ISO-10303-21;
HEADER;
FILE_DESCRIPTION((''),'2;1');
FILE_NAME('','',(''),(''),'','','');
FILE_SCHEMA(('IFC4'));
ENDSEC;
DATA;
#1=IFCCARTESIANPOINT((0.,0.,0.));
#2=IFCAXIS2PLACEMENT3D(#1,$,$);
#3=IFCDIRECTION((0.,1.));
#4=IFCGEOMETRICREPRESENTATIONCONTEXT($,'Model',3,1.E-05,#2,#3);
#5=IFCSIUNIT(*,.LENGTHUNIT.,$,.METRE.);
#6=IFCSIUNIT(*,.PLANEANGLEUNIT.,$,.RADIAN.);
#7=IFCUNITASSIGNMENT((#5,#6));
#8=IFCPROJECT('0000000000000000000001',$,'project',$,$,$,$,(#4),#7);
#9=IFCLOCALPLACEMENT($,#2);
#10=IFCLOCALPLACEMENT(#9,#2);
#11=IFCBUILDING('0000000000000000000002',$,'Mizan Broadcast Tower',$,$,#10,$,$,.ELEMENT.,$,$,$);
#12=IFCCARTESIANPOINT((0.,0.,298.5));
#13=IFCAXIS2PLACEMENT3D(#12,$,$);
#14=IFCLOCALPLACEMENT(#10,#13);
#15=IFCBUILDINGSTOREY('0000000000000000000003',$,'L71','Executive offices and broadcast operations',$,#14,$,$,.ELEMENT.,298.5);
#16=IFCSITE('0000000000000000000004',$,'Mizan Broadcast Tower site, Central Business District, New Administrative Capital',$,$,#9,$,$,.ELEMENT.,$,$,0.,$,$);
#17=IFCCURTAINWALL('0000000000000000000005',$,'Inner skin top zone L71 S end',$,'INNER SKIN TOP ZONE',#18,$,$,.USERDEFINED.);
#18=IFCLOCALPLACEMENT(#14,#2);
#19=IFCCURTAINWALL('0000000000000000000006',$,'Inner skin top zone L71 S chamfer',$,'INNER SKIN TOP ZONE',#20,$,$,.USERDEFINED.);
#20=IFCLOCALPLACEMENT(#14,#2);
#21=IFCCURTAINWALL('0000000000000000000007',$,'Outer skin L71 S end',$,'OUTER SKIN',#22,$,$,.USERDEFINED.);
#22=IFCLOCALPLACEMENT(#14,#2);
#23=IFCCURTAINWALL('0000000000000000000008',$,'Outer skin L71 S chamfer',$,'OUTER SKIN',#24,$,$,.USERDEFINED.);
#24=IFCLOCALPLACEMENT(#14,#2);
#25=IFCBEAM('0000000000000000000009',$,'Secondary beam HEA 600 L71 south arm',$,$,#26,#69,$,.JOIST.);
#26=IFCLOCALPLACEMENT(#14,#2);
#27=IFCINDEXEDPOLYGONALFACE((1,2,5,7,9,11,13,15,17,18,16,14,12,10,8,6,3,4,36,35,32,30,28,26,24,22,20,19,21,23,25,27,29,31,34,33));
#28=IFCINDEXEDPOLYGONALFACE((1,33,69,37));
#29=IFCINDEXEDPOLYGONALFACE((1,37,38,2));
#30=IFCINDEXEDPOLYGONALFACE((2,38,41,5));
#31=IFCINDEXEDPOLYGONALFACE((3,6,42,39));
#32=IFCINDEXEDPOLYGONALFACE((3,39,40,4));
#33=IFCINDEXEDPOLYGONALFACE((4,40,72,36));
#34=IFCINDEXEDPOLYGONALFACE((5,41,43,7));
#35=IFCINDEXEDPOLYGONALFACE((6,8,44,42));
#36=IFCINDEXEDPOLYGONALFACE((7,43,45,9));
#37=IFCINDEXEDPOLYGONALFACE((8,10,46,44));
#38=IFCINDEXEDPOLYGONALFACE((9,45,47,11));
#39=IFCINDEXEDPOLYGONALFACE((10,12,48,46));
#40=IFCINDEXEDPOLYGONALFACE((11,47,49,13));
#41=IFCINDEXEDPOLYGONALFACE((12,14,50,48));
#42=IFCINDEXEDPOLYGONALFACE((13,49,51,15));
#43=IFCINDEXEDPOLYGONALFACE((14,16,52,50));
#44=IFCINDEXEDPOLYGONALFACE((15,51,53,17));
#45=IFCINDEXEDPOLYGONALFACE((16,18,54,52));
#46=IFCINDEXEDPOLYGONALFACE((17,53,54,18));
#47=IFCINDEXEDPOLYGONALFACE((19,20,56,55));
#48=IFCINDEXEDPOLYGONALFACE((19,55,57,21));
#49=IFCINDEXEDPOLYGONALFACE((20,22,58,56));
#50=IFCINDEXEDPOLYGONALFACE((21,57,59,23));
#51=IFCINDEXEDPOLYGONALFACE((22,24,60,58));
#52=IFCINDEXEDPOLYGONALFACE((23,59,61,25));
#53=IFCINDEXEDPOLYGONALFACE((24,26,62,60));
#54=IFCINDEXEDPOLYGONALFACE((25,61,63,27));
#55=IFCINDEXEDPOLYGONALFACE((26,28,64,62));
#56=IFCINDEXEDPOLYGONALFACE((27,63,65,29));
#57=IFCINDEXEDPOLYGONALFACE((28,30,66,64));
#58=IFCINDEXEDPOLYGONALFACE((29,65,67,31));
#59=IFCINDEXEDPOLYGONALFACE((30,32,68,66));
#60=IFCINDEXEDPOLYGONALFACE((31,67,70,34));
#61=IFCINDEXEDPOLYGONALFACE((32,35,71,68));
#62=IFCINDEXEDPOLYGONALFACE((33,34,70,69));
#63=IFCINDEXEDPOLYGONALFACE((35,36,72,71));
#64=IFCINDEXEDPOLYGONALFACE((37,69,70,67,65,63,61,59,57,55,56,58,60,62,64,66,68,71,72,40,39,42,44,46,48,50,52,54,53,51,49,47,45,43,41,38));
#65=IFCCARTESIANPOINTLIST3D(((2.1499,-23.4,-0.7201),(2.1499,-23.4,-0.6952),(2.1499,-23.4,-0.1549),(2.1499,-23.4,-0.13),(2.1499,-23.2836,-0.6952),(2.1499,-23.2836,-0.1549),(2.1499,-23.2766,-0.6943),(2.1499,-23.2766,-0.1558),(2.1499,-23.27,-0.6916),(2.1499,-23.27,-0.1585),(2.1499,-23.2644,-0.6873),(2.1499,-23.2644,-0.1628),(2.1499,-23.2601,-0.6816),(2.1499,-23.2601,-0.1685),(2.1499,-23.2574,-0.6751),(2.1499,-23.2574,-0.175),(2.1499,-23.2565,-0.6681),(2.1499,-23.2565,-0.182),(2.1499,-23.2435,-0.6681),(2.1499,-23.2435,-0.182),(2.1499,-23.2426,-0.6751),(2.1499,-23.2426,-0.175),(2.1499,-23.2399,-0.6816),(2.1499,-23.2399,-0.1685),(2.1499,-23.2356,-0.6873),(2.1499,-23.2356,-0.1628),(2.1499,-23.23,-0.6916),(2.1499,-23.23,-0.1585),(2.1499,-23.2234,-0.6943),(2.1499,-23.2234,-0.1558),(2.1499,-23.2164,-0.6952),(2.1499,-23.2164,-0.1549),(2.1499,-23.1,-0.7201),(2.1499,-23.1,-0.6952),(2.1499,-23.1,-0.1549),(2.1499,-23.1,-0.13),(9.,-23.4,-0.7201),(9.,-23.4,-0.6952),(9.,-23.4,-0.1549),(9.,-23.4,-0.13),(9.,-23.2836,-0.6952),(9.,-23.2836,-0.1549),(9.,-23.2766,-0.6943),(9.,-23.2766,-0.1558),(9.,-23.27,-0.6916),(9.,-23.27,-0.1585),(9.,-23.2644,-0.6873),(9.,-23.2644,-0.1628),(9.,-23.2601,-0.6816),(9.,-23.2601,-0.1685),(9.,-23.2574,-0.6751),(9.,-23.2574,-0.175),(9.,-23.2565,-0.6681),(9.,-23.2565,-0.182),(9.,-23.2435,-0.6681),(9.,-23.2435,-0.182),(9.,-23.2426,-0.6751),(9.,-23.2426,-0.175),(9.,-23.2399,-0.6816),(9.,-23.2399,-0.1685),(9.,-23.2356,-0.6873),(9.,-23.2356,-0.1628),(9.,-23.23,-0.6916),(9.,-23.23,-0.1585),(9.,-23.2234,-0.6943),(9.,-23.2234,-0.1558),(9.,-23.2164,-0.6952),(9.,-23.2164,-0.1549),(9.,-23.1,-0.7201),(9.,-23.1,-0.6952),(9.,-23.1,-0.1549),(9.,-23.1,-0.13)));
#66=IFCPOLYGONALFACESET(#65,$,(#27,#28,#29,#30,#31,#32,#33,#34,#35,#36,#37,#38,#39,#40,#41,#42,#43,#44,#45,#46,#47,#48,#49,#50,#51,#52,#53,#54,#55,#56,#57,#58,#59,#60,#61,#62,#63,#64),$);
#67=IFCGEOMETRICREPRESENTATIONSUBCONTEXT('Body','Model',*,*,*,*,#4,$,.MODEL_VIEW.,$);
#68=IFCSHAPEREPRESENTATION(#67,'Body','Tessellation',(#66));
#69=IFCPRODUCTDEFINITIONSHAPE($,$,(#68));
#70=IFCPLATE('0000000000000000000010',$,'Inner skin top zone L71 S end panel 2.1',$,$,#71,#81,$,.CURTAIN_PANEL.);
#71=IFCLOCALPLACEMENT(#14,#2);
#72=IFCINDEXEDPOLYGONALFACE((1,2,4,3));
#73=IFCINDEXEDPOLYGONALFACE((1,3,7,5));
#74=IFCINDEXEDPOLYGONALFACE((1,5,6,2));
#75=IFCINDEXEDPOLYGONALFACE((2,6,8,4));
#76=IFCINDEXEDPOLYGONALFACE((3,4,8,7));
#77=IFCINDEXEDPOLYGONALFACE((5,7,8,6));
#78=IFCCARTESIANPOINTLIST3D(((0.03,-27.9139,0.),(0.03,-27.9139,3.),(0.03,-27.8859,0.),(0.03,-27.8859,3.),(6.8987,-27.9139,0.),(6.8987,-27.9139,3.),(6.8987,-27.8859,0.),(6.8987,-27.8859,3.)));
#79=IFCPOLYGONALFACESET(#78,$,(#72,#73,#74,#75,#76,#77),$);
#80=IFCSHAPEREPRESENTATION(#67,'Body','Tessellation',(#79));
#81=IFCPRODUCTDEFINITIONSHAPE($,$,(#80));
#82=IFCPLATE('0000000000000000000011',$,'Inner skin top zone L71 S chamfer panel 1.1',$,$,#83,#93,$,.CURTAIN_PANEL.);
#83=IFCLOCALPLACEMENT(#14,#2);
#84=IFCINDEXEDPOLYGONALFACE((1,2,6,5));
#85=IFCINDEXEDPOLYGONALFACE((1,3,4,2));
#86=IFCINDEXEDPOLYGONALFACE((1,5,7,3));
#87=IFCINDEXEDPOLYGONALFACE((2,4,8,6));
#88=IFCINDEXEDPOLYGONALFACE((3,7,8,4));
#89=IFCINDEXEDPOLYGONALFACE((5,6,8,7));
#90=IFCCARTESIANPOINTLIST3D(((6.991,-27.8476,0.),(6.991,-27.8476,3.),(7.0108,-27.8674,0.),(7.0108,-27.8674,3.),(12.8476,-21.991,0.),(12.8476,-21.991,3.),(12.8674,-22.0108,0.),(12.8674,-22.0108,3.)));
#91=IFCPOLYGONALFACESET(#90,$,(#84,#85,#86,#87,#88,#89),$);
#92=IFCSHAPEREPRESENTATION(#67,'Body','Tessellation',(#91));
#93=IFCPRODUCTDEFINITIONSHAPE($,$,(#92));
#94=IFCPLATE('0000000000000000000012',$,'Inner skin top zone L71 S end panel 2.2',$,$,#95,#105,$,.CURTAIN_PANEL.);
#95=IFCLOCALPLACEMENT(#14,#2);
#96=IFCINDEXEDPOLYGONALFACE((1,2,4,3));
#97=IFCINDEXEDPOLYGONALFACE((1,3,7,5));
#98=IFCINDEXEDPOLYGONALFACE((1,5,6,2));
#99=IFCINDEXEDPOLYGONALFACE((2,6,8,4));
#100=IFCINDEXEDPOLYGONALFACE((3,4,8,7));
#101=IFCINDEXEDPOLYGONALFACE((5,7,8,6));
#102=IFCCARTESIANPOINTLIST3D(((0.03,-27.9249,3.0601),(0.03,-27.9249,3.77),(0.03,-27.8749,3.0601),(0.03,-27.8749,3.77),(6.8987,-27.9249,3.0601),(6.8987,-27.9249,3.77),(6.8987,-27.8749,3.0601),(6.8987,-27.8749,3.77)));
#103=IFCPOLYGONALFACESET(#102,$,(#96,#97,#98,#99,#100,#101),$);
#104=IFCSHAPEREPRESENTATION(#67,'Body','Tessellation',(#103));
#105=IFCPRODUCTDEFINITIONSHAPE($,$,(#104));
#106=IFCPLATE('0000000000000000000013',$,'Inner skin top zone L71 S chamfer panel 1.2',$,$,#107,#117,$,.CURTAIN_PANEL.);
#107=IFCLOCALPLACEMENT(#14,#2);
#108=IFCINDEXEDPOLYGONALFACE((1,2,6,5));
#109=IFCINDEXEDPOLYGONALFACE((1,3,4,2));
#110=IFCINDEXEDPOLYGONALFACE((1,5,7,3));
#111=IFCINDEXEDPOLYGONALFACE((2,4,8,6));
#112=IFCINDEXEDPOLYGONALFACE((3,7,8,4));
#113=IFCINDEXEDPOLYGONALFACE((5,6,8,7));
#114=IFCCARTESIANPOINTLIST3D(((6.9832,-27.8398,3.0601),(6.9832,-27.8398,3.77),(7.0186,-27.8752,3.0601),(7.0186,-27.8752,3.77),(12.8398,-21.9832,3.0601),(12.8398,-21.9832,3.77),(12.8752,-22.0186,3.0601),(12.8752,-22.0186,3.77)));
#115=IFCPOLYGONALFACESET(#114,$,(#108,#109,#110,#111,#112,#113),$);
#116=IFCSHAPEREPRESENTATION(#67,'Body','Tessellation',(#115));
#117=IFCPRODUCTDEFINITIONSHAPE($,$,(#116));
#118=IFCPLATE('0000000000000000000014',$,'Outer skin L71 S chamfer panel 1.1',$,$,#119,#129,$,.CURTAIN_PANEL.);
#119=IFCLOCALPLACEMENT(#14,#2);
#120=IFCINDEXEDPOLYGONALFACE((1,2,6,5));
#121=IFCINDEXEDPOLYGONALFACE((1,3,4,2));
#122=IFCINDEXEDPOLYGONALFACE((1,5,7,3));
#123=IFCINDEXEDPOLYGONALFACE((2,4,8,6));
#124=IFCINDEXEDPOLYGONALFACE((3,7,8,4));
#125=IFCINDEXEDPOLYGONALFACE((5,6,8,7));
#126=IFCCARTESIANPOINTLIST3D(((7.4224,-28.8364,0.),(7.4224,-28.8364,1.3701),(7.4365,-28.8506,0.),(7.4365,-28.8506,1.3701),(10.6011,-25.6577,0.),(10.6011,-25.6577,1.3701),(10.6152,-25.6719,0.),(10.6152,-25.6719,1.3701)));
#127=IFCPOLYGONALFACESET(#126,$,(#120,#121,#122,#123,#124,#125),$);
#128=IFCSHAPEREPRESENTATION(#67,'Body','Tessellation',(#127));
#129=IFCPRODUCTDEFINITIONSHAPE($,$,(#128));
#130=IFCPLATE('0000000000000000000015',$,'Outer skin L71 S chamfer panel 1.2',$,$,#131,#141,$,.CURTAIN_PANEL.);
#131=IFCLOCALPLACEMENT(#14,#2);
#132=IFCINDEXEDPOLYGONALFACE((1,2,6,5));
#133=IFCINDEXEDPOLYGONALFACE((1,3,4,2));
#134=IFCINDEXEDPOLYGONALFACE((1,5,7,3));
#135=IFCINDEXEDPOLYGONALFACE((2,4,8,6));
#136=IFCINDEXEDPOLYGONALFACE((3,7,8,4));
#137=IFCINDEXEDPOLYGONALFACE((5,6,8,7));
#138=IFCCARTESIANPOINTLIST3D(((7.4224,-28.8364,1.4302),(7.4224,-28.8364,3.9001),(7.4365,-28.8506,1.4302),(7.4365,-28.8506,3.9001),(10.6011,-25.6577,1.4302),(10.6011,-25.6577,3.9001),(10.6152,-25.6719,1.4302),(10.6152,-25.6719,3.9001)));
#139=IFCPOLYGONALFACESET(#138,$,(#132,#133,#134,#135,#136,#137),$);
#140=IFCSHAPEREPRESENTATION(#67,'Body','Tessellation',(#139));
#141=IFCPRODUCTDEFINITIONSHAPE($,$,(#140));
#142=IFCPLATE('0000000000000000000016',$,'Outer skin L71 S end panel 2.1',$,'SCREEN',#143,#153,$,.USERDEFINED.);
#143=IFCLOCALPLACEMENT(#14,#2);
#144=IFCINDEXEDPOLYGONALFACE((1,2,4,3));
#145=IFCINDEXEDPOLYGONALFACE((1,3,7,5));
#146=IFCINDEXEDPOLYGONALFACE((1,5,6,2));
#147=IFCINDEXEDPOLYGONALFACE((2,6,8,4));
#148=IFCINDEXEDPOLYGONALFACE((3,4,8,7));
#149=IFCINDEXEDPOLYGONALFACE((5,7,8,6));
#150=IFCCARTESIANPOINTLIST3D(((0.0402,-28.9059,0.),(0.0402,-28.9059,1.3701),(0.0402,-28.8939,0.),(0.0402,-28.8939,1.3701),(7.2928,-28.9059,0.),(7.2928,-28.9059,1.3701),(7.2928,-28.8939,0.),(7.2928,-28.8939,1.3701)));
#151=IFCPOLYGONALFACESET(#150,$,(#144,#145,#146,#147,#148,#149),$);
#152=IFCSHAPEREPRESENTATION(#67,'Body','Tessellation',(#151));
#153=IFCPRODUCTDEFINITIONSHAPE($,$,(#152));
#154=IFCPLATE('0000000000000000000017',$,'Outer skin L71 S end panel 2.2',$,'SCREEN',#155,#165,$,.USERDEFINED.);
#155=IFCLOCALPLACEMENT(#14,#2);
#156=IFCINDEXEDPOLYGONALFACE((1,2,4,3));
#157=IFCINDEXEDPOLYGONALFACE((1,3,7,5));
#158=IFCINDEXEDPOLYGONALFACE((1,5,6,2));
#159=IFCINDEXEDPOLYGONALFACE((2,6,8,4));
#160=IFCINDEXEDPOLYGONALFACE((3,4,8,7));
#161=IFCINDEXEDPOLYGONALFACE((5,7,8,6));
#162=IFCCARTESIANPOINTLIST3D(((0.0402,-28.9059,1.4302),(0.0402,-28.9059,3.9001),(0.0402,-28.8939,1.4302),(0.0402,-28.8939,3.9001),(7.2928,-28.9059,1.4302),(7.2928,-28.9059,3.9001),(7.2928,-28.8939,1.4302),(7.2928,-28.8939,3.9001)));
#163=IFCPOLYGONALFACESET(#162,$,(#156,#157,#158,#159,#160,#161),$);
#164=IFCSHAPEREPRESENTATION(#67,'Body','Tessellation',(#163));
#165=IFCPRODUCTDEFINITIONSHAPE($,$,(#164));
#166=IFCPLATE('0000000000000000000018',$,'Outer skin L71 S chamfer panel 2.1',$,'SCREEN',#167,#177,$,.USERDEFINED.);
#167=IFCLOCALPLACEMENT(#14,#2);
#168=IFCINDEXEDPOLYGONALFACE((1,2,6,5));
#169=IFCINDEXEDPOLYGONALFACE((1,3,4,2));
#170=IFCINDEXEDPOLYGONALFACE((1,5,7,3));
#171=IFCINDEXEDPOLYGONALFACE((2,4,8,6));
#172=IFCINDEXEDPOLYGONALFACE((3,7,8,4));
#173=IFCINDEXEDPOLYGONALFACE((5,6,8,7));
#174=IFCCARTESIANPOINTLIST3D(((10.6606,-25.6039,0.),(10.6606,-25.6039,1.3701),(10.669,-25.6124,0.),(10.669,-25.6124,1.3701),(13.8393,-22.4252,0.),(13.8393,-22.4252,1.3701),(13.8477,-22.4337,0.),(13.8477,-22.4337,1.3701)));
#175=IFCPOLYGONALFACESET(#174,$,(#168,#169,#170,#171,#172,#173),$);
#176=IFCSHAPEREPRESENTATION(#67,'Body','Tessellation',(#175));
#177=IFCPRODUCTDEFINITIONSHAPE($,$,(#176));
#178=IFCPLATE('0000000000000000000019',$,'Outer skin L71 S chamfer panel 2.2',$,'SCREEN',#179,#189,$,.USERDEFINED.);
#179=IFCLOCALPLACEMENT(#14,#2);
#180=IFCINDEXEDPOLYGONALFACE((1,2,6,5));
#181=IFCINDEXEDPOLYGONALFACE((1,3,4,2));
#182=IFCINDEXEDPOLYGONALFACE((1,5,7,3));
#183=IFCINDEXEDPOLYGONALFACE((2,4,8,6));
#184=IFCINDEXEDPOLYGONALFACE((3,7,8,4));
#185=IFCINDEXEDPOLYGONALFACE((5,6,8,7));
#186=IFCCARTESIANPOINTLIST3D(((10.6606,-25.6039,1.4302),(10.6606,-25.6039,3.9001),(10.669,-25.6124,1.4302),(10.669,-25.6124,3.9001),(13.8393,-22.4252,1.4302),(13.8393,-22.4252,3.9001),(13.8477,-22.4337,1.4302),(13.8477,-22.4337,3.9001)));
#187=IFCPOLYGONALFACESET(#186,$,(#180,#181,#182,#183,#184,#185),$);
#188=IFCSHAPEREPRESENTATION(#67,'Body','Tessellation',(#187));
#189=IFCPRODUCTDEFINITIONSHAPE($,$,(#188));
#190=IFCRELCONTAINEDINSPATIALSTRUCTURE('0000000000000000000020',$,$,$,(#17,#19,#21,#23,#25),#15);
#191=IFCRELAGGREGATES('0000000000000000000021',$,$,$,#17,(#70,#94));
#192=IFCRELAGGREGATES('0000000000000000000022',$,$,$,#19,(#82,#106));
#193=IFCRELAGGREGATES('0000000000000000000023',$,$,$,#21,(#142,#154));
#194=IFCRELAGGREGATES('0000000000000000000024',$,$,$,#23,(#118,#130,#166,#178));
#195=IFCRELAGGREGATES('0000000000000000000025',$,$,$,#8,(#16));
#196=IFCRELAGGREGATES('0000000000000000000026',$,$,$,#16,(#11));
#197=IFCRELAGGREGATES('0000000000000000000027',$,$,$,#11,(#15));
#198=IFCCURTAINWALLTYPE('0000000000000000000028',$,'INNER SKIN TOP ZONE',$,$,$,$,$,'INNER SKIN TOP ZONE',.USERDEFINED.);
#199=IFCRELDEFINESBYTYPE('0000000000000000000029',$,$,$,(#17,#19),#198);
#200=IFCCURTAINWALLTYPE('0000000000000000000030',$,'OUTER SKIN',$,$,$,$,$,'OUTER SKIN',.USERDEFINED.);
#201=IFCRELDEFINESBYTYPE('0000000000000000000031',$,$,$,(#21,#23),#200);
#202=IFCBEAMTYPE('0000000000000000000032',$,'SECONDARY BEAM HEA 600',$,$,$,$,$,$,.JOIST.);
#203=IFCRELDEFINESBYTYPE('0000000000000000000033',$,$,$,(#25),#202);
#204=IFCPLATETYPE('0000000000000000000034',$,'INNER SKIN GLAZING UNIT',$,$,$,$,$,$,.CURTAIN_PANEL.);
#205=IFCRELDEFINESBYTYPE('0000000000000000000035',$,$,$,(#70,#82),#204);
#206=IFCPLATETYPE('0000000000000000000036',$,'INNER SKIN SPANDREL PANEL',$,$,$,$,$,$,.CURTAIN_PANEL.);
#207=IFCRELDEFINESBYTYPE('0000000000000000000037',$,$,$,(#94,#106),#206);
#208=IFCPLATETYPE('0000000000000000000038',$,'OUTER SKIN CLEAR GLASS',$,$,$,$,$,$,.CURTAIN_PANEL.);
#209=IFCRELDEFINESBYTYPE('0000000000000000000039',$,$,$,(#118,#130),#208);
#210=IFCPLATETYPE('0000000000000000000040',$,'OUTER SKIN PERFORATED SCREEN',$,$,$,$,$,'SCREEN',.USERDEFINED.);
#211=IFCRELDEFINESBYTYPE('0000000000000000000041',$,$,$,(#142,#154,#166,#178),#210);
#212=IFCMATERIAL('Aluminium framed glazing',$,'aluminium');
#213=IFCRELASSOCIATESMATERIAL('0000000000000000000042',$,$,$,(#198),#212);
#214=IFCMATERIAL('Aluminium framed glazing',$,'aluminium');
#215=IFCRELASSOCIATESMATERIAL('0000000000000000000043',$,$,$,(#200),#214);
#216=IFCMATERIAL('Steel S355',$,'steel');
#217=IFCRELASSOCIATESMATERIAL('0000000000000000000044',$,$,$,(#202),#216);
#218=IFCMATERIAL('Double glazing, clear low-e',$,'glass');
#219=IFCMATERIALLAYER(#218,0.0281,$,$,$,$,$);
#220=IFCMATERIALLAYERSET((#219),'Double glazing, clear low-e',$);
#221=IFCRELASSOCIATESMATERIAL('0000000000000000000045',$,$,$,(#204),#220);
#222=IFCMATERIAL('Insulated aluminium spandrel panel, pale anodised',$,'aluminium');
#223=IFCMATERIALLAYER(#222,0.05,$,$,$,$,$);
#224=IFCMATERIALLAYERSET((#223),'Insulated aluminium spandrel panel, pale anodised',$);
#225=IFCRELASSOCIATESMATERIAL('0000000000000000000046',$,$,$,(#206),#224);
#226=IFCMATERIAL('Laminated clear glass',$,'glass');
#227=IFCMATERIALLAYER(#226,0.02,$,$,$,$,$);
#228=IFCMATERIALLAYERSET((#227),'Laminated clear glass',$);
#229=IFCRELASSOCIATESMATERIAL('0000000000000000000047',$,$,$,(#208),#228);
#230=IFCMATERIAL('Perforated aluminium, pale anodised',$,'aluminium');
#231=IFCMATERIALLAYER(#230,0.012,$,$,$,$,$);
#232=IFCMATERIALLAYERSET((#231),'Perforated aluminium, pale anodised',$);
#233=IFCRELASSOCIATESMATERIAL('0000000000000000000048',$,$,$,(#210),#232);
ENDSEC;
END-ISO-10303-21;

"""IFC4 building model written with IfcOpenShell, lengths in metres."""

from ifc_helpers import new_model, si_unit, direction, frame, origin, origin_2d, place, context, subcontext, project, spatial, rectangle, i_section, extrude, material, layer, layer_set, material_profile, profile_set, type_object, element, aggregate, save


model = new_model("IFC4")

# Units and contexts
model_context = context("Model", 3, precision=1e-05, world=origin(), true_north=direction((0.0, 1.0)))
body_context = subcontext(model_context, "Body", "Model", "MODEL_VIEW")
ifc_project = project(units=[si_unit("LENGTHUNIT", "METRE"), si_unit("PLANEANGLEUNIT", "RADIAN")], contexts=[model_context])

# Site, building, storey
site_placement = place(None, origin())
site = spatial("IfcSite", under=ifc_project, at=site_placement, Name="Mizan Broadcast Tower site, Central Business District, New Administrative Capital", CompositionType="ELEMENT", RefElevation=0.0)
building_placement = place(site_placement, origin())
building = spatial("IfcBuilding", under=site, at=building_placement, Name="Mizan Broadcast Tower", CompositionType="ELEMENT")
storey_placement = place(building_placement, frame((0.0, 0.0, 298.5)))
storey = spatial("IfcBuildingStorey", under=building, at=storey_placement, Name="L71", Description="Executive offices and broadcast operations", CompositionType="ELEMENT", Elevation=298.5)

# Curtain walls
ifc_material_1 = material(Name="Aluminium framed glazing", Category="aluminium")
curtain_wall_type_1 = type_object("IfcCurtainWallType", Name="INNER SKIN TOP ZONE", ElementType="INNER SKIN TOP ZONE", PredefinedType="USERDEFINED", material=ifc_material_1)
curtain_wall_1_placement = place(storey_placement, origin())
curtain_wall_1 = element("IfcCurtainWall", 1, at=curtain_wall_1_placement, inside=storey, type_object=curtain_wall_type_1, Name="Inner skin top zone L71 S end", ObjectType="INNER SKIN TOP ZONE", PredefinedType="USERDEFINED")
curtain_wall_2_placement = place(storey_placement, origin())
curtain_wall_2 = element("IfcCurtainWall", 2, at=curtain_wall_2_placement, inside=storey, type_object=curtain_wall_type_1, Name="Inner skin top zone L71 S chamfer", ObjectType="INNER SKIN TOP ZONE", PredefinedType="USERDEFINED")

# Curtain walls
ifc_material_2 = material(Name="Aluminium framed glazing", Category="aluminium")
curtain_wall_type_2 = type_object("IfcCurtainWallType", Name="OUTER SKIN", ElementType="OUTER SKIN", PredefinedType="USERDEFINED", material=ifc_material_2)
curtain_wall_3_placement = place(storey_placement, origin())
curtain_wall_3 = element("IfcCurtainWall", 3, at=curtain_wall_3_placement, inside=storey, type_object=curtain_wall_type_2, Name="Outer skin L71 S end", ObjectType="OUTER SKIN", PredefinedType="USERDEFINED")
curtain_wall_4_placement = place(storey_placement, origin())
curtain_wall_4 = element("IfcCurtainWall", 4, at=curtain_wall_4_placement, inside=storey, type_object=curtain_wall_type_2, Name="Outer skin L71 S chamfer", ObjectType="OUTER SKIN", PredefinedType="USERDEFINED")

# Beam
ifc_material_3 = material(Name="Steel S355", Category="steel")
ifc_material_profile_1 = material_profile(ifc_material_3, i_section(OverallWidth=0.3, OverallDepth=0.5901, WebThickness=0.0129, FlangeThickness=0.0249, FilletRadius=0.0271, at=origin_2d()), Name="HEA 600")
ifc_profile_set_1 = profile_set([ifc_material_profile_1], Name="Steel S355")
beam_type_1 = type_object("IfcBeamType", Name="SECONDARY BEAM HEA 600", PredefinedType="JOIST", material=ifc_profile_set_1)
beam_1_placement = place(storey_placement, frame((9.0, -23.25, -0.425), z_axis=(-1.0, 0.0, 0.0), x_axis=(0.0, -1.0, 0.0)))
element("IfcBeam", 5, at=beam_1_placement, inside=storey, type_object=beam_type_1, Name="Secondary beam HEA 600 L71 south arm", PredefinedType="JOIST", context=body_context, shape_type="SweptSolid", body=[
    extrude(i_section(OverallWidth=0.3, OverallDepth=0.5901, WebThickness=0.0129, FlangeThickness=0.0249, FilletRadius=0.0271, at=origin_2d()), origin(), (0.0, 0.0, 1.0), 6.8501),
])

# Plates
ifc_material_4 = material(Name="Double glazing, clear low-e", Category="glass")
ifc_layer_1 = layer(ifc_material_4, 0.0281)
ifc_layer_set_1 = layer_set([ifc_layer_1], Name="Double glazing, clear low-e")
plate_type_1 = type_object("IfcPlateType", Name="INNER SKIN GLAZING UNIT", PredefinedType="CURTAIN_PANEL", material=ifc_layer_set_1)
plate_1_placement = place(storey_placement, frame((3.4644, -27.8999, 0.0), z_axis=(0.0, 0.0, 1.0), x_axis=(1.0, 0.0, 0.0)))
plate_1 = element("IfcPlate", 6, at=plate_1_placement, type_object=plate_type_1, Name="Inner skin top zone L71 S end panel 2.1", PredefinedType="CURTAIN_PANEL", context=body_context, shape_type="SweptSolid", body=[
    extrude(rectangle(XDim=6.8687, YDim=0.0281, at=origin_2d()), origin(), (0.0, 0.0, 1.0), 3.0),
])
plate_2_placement = place(storey_placement, frame((9.9292, -24.9292, 0.0), z_axis=(0.0, 0.0, 1.0), x_axis=(0.707107, 0.707107, 0.0)))
plate_2 = element("IfcPlate", 7, at=plate_2_placement, type_object=plate_type_1, Name="Inner skin top zone L71 S chamfer panel 1.1", PredefinedType="CURTAIN_PANEL", context=body_context, shape_type="SweptSolid", body=[
    extrude(rectangle(XDim=8.2825, YDim=0.0281, at=origin_2d()), origin(), (0.0, 0.0, 1.0), 3.0),
])
ifc_material_5 = material(Name="Insulated aluminium spandrel panel, pale anodised", Category="aluminium")
ifc_layer_2 = layer(ifc_material_5, 0.05)
ifc_layer_set_2 = layer_set([ifc_layer_2], Name="Insulated aluminium spandrel panel, pale anodised")
plate_type_2 = type_object("IfcPlateType", Name="INNER SKIN SPANDREL PANEL", PredefinedType="CURTAIN_PANEL", material=ifc_layer_set_2)
plate_3_placement = place(storey_placement, frame((3.4644, -27.8999, 3.0601), z_axis=(0.0, 0.0, 1.0), x_axis=(1.0, 0.0, 0.0)))
plate_3 = element("IfcPlate", 8, at=plate_3_placement, type_object=plate_type_2, Name="Inner skin top zone L71 S end panel 2.2", PredefinedType="CURTAIN_PANEL", context=body_context, shape_type="SweptSolid", body=[
    extrude(rectangle(XDim=6.8687, YDim=0.05, at=origin_2d()), origin(), (0.0, 0.0, 1.0), 0.71),
])
aggregate(curtain_wall_1, [plate_1, plate_3])
plate_4_placement = place(storey_placement, frame((9.9292, -24.9292, 3.0601), z_axis=(0.0, 0.0, 1.0), x_axis=(0.707107, 0.707107, 0.0)))
plate_4 = element("IfcPlate", 9, at=plate_4_placement, type_object=plate_type_2, Name="Inner skin top zone L71 S chamfer panel 1.2", PredefinedType="CURTAIN_PANEL", context=body_context, shape_type="SweptSolid", body=[
    extrude(rectangle(XDim=8.2825, YDim=0.05, at=origin_2d()), origin(), (0.0, 0.0, 1.0), 0.71),
])
aggregate(curtain_wall_2, [plate_2, plate_4])
ifc_material_6 = material(Name="Laminated clear glass", Category="glass")
ifc_layer_3 = layer(ifc_material_6, 0.02)
ifc_layer_set_3 = layer_set([ifc_layer_3], Name="Laminated clear glass")
plate_type_3 = type_object("IfcPlateType", Name="OUTER SKIN CLEAR GLASS", PredefinedType="CURTAIN_PANEL", material=ifc_layer_set_3)
plate_5_placement = place(storey_placement, frame((9.0188, -27.2542, 0.0), z_axis=(0.0, 0.0, 1.0), x_axis=(0.707107, 0.707107, 0.0)))
plate_5 = element("IfcPlate", 10, at=plate_5_placement, type_object=plate_type_3, Name="Outer skin L71 S chamfer panel 1.1", PredefinedType="CURTAIN_PANEL", context=body_context, shape_type="SweptSolid", body=[
    extrude(rectangle(XDim=4.4954, YDim=0.02, at=origin_2d()), origin(), (0.0, 0.0, 1.0), 1.3701),
])
plate_6_placement = place(storey_placement, frame((9.0188, -27.2542, 1.4302), z_axis=(0.0, 0.0, 1.0), x_axis=(0.707107, 0.707107, 0.0)))
plate_6 = element("IfcPlate", 11, at=plate_6_placement, type_object=plate_type_3, Name="Outer skin L71 S chamfer panel 1.2", PredefinedType="CURTAIN_PANEL", context=body_context, shape_type="SweptSolid", body=[
    extrude(rectangle(XDim=4.4954, YDim=0.02, at=origin_2d()), origin(), (0.0, 0.0, 1.0), 2.47),
])
ifc_material_7 = material(Name="Perforated aluminium, pale anodised", Category="aluminium")
ifc_layer_4 = layer(ifc_material_7, 0.012)
ifc_layer_set_4 = layer_set([ifc_layer_4], Name="Perforated aluminium, pale anodised")
plate_type_4 = type_object("IfcPlateType", Name="OUTER SKIN PERFORATED SCREEN", ElementType="SCREEN", PredefinedType="USERDEFINED", material=ifc_layer_set_4)
plate_7_placement = place(storey_placement, frame((3.6665, -28.8999, 0.0), z_axis=(0.0, 0.0, 1.0), x_axis=(1.0, 0.0, 0.0)))
plate_7 = element("IfcPlate", 12, at=plate_7_placement, type_object=plate_type_4, Name="Outer skin L71 S end panel 2.1", ObjectType="SCREEN", PredefinedType="USERDEFINED", context=body_context, shape_type="SweptSolid", body=[
    extrude(rectangle(XDim=7.2527, YDim=0.012, at=origin_2d()), origin(), (0.0, 0.0, 1.0), 1.3701),
])
plate_8_placement = place(storey_placement, frame((3.6665, -28.8999, 1.4302), z_axis=(0.0, 0.0, 1.0), x_axis=(1.0, 0.0, 0.0)))
plate_8 = element("IfcPlate", 13, at=plate_8_placement, type_object=plate_type_4, Name="Outer skin L71 S end panel 2.2", ObjectType="SCREEN", PredefinedType="USERDEFINED", context=body_context, shape_type="SweptSolid", body=[
    extrude(rectangle(XDim=7.2527, YDim=0.012, at=origin_2d()), origin(), (0.0, 0.0, 1.0), 2.47),
])
aggregate(curtain_wall_3, [plate_7, plate_8])
plate_9_placement = place(storey_placement, frame((12.2542, -24.0188, 0.0), z_axis=(0.0, 0.0, 1.0), x_axis=(0.707107, 0.707107, 0.0)))
plate_9 = element("IfcPlate", 14, at=plate_9_placement, type_object=plate_type_4, Name="Outer skin L71 S chamfer panel 2.1", ObjectType="SCREEN", PredefinedType="USERDEFINED", context=body_context, shape_type="SweptSolid", body=[
    extrude(rectangle(XDim=4.4954, YDim=0.012, at=origin_2d()), origin(), (0.0, 0.0, 1.0), 1.3701),
])
plate_10_placement = place(storey_placement, frame((12.2542, -24.0188, 1.4302), z_axis=(0.0, 0.0, 1.0), x_axis=(0.707107, 0.707107, 0.0)))
plate_10 = element("IfcPlate", 15, at=plate_10_placement, type_object=plate_type_4, Name="Outer skin L71 S chamfer panel 2.2", ObjectType="SCREEN", PredefinedType="USERDEFINED", context=body_context, shape_type="SweptSolid", body=[
    extrude(rectangle(XDim=4.4954, YDim=0.012, at=origin_2d()), origin(), (0.0, 0.0, 1.0), 2.47),
])
aggregate(curtain_wall_4, [plate_5, plate_6, plate_9, plate_10])

save(model, "model.ifc")
